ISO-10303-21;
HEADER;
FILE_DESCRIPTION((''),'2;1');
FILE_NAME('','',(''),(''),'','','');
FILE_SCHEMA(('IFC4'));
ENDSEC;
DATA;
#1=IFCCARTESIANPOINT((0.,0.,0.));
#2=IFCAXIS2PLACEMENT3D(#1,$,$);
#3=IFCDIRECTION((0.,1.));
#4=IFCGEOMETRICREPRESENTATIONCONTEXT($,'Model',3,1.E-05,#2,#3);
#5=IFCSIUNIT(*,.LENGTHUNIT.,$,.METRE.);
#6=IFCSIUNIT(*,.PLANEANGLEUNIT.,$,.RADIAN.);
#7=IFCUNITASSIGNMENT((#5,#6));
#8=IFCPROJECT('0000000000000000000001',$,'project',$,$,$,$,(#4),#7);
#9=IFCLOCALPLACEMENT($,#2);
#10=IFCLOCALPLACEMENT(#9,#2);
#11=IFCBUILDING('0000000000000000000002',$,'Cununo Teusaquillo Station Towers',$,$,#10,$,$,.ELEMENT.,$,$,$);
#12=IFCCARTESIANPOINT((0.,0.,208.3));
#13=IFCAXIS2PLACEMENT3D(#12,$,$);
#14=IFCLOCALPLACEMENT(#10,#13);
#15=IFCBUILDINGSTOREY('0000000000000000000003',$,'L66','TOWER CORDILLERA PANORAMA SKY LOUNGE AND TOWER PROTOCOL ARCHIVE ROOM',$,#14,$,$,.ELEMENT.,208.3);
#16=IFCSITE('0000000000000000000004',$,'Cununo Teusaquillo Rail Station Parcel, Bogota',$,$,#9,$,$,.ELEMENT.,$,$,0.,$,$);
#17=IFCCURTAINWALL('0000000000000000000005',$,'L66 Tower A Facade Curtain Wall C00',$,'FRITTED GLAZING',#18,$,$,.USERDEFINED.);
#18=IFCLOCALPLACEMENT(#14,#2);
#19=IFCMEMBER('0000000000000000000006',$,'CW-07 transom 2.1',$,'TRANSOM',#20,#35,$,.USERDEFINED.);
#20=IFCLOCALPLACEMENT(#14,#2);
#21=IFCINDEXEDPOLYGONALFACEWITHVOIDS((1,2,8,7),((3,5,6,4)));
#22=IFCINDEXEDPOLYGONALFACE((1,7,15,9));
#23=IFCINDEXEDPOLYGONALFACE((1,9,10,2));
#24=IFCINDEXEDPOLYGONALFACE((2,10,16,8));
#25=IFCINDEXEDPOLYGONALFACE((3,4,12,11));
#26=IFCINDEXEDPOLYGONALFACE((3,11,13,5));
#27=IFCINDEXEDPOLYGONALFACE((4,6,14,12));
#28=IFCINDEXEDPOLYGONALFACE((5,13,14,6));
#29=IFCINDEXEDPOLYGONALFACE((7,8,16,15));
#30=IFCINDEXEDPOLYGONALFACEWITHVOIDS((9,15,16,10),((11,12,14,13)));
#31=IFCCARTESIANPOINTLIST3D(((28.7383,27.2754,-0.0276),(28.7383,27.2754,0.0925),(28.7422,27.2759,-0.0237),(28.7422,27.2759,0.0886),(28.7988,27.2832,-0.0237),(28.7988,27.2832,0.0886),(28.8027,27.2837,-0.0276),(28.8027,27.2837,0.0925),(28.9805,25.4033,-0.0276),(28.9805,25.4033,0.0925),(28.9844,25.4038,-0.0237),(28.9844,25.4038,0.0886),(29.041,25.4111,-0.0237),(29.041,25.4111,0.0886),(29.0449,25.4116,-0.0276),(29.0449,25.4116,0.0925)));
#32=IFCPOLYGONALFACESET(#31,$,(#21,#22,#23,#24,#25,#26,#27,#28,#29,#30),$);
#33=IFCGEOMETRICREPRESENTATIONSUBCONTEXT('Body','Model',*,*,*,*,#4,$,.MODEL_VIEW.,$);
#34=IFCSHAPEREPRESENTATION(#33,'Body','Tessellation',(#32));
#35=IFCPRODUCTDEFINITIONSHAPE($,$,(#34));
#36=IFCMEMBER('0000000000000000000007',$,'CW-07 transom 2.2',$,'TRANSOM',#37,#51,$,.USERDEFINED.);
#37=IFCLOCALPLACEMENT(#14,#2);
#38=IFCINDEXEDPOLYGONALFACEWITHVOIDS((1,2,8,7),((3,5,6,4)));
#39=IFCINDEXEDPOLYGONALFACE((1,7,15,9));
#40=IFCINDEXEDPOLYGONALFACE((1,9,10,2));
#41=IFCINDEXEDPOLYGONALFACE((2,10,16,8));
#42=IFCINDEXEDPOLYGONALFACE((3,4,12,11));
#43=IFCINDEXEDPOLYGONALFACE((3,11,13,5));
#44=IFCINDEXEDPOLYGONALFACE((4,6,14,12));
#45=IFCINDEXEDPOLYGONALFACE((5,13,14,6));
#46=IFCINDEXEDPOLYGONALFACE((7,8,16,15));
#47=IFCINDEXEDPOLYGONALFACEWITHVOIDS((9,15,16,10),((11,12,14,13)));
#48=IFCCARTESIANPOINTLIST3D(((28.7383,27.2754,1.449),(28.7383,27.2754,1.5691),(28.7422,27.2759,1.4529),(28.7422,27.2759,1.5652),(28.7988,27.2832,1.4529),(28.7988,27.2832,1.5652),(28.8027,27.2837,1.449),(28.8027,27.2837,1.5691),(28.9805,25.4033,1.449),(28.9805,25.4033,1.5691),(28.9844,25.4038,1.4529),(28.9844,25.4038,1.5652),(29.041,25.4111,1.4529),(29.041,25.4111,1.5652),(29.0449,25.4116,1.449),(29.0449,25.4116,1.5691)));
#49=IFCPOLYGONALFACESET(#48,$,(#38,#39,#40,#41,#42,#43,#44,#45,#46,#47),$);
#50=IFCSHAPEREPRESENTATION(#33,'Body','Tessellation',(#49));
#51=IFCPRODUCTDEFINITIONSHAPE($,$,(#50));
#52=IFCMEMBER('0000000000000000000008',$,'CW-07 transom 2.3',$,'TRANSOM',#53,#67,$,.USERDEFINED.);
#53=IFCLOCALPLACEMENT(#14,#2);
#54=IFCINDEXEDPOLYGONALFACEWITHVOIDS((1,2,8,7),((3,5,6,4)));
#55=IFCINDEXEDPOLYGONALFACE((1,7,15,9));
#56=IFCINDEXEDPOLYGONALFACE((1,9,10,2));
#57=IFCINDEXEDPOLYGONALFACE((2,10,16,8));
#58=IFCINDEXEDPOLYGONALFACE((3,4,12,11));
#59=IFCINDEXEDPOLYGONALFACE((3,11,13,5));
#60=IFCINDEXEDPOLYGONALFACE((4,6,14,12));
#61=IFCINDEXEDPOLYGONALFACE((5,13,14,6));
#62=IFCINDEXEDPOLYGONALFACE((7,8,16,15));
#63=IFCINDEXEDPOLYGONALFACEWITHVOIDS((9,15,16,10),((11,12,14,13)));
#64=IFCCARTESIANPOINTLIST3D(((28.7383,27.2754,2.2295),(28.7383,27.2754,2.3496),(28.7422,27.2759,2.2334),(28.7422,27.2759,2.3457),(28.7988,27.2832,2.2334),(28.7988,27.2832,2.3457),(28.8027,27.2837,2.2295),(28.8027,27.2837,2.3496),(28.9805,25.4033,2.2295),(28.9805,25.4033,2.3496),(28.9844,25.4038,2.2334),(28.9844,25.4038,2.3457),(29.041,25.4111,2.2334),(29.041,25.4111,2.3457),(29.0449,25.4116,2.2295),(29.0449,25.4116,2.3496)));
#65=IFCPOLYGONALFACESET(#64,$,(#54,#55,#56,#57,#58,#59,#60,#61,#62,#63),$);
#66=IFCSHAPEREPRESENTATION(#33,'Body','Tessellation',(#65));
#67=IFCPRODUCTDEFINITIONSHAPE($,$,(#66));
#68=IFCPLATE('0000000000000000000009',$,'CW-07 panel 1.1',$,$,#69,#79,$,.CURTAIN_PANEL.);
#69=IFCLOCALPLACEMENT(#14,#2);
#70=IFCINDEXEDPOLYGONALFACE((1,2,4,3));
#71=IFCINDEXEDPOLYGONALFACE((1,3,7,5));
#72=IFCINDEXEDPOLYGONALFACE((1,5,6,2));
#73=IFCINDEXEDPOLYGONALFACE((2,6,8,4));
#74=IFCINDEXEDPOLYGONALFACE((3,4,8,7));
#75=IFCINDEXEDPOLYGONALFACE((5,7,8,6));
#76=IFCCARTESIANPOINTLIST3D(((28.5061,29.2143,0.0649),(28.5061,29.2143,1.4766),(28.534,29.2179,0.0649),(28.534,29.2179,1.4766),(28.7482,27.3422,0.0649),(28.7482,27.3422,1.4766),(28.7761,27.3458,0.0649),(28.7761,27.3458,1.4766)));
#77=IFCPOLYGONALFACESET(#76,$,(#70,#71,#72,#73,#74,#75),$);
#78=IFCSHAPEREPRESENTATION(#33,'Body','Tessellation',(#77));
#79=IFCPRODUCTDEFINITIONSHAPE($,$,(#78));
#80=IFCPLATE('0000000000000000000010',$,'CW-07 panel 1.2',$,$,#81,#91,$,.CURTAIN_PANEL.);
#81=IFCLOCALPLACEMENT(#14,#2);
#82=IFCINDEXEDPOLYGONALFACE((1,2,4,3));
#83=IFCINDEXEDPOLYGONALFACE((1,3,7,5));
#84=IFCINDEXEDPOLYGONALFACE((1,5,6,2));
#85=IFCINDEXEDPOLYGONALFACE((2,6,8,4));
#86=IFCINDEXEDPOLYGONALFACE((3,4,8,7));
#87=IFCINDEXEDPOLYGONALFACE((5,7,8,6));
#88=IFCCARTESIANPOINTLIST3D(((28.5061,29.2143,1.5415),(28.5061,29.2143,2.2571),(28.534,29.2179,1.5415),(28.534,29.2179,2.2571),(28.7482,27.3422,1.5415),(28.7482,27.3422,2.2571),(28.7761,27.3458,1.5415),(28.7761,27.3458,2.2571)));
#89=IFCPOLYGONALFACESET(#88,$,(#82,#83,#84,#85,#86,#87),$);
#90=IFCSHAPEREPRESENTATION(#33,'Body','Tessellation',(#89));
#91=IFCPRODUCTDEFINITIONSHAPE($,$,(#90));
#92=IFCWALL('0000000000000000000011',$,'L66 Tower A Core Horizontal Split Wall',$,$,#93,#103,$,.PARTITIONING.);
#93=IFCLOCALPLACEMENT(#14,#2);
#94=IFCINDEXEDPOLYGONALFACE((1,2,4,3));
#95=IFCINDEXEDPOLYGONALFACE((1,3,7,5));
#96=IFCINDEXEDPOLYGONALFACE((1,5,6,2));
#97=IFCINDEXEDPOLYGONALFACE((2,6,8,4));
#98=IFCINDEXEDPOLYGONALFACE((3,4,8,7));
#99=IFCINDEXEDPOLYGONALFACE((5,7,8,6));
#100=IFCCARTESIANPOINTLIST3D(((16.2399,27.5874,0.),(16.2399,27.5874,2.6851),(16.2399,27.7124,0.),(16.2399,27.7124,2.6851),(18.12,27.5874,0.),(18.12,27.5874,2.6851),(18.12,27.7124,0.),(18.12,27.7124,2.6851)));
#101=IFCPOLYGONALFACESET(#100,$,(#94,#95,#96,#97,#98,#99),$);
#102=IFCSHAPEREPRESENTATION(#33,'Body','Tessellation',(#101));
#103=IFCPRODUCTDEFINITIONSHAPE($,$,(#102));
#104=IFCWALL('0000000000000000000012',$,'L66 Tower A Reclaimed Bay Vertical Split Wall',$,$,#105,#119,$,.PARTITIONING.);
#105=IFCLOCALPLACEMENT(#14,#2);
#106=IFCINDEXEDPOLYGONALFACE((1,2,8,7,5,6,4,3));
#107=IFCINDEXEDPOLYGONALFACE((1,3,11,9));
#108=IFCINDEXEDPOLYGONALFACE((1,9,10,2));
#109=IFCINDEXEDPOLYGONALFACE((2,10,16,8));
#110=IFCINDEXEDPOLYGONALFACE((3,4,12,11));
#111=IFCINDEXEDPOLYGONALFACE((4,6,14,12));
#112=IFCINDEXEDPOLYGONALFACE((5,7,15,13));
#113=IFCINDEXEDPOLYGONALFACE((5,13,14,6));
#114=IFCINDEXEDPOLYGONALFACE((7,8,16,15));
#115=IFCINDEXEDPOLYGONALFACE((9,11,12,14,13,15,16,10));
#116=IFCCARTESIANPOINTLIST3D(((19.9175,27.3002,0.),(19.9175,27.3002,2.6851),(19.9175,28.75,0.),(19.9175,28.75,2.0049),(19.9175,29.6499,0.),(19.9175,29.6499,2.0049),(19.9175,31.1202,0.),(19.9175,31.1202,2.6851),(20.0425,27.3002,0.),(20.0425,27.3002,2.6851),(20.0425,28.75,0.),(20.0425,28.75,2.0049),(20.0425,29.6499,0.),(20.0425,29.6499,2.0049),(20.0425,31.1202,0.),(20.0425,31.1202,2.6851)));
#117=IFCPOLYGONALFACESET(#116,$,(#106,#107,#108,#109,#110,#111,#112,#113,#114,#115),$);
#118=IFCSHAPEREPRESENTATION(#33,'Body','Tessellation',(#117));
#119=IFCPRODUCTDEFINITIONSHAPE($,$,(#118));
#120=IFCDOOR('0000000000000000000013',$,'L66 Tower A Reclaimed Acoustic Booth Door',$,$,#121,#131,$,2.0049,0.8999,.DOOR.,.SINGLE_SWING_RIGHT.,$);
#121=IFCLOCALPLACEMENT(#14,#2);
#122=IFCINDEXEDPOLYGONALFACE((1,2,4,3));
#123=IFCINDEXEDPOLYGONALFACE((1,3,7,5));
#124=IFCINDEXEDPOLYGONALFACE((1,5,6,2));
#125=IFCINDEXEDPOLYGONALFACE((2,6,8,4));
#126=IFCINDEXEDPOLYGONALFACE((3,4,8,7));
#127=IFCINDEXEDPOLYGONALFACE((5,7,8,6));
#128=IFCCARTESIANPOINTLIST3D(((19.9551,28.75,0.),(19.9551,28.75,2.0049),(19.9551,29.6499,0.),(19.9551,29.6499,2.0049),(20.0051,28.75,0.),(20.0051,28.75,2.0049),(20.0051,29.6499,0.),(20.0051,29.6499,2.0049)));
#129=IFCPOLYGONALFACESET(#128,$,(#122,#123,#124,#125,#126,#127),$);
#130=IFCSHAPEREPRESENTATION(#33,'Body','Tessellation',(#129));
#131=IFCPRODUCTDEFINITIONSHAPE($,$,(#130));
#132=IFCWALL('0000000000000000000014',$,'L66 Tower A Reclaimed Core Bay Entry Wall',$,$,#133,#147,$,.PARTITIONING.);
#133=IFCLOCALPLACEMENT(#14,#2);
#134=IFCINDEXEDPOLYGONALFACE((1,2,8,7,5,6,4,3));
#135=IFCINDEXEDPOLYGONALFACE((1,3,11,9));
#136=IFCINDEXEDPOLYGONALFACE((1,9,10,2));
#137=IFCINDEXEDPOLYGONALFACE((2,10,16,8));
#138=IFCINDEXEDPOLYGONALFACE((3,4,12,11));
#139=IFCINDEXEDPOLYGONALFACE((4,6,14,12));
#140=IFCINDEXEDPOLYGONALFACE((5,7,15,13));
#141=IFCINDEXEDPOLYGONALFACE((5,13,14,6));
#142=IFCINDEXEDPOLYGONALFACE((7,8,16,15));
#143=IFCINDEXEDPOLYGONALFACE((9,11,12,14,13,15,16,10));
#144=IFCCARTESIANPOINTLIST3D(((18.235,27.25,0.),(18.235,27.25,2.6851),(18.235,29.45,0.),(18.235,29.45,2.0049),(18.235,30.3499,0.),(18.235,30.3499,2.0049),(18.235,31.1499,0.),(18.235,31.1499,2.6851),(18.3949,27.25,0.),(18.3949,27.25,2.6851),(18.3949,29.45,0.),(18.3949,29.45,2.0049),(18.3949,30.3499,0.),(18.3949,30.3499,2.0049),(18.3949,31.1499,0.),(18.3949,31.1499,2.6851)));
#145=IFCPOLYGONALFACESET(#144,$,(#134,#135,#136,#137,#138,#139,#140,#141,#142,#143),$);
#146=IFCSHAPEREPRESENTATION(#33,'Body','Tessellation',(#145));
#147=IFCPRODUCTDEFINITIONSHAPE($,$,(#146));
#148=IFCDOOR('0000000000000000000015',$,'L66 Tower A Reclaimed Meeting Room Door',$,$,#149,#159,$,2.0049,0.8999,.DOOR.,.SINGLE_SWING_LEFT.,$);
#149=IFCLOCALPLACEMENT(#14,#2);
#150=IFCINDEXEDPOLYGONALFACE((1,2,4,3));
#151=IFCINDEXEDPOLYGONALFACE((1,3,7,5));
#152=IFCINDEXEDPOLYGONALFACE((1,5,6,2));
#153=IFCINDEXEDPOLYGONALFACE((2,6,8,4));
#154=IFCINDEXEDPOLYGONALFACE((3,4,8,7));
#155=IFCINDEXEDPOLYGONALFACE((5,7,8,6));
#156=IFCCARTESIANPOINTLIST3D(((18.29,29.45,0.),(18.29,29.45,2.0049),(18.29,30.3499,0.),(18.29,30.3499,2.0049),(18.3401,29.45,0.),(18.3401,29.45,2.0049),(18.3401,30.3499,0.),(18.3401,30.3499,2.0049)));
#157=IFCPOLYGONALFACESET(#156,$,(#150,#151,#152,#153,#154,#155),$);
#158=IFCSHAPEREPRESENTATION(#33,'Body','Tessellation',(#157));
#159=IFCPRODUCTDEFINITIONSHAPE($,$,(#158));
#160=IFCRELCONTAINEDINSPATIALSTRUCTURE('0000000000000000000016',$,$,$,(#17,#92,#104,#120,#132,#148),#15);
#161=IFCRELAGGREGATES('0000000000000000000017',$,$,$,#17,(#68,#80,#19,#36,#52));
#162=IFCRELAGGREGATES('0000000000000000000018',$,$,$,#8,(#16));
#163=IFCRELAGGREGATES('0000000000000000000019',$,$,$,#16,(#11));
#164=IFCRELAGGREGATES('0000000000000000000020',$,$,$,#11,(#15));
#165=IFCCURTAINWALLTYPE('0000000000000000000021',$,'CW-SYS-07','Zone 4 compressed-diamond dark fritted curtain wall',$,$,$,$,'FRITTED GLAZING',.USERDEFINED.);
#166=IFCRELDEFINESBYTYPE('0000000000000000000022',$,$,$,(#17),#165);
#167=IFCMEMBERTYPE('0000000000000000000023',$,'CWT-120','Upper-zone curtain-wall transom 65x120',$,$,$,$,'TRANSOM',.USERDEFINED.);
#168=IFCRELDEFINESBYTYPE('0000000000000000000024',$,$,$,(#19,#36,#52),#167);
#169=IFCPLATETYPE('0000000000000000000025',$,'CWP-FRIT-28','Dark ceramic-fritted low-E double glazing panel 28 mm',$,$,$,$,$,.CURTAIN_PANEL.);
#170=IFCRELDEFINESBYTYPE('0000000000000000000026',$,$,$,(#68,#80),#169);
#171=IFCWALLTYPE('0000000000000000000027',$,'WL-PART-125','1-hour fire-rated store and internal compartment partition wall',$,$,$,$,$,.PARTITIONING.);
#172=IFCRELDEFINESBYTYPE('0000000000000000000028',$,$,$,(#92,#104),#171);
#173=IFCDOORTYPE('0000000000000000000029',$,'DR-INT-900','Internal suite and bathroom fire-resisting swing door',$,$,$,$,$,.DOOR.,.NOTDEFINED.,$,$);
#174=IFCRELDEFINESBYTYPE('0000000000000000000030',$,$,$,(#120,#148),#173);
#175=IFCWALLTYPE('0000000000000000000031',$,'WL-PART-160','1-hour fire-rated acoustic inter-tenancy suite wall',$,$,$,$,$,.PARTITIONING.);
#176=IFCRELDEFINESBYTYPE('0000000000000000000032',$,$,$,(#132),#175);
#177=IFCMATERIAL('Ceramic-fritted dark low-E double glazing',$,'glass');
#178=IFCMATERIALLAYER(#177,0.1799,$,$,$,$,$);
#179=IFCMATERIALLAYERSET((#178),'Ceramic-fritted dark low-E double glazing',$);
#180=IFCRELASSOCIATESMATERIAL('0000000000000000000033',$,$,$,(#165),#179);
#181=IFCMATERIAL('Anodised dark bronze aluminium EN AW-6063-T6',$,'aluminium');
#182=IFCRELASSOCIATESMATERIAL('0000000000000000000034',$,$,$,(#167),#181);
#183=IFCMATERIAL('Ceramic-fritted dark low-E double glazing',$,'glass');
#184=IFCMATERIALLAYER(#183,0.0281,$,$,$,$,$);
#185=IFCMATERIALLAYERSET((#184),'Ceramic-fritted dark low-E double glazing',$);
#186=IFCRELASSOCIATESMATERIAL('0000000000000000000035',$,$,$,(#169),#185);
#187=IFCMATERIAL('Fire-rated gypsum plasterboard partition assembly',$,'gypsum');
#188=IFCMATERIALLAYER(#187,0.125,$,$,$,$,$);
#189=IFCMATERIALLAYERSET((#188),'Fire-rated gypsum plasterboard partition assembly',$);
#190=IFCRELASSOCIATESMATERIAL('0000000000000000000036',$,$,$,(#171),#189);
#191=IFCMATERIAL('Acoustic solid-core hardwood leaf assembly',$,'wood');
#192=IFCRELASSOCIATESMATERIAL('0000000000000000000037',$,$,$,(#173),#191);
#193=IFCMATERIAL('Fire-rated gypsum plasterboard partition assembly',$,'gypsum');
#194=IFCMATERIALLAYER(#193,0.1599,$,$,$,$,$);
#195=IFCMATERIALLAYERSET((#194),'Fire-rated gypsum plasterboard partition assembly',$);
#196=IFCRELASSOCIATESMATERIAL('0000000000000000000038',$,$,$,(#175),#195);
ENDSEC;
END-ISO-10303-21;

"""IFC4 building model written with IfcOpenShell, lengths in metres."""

from ifc_helpers import new_model, si_unit, direction, frame, frame_2d, origin, origin_2d, place, context, subcontext, project, spatial, rectangle, hollow_rectangle, extrude, source, transform, mapped, material, layer, layer_set, material_profile, profile_set, type_object, element, fill, aggregate, save


model = new_model("IFC4")

# Units and contexts
model_context = context("Model", 3, precision=1e-05, world=origin(), true_north=direction((0.0, 1.0)))
body_context = subcontext(model_context, "Body", "Model", "MODEL_VIEW")
ifc_project = project(units=[si_unit("LENGTHUNIT", "METRE"), si_unit("PLANEANGLEUNIT", "RADIAN")], contexts=[model_context])

# Site, building, storey
site_placement = place(None, origin())
site = spatial("IfcSite", under=ifc_project, at=site_placement, Name="Cununo Teusaquillo Rail Station Parcel, Bogota", CompositionType="ELEMENT", RefElevation=0.0)
building_placement = place(site_placement, origin())
building = spatial("IfcBuilding", under=site, at=building_placement, Name="Cununo Teusaquillo Station Towers", CompositionType="ELEMENT")
storey_placement = place(building_placement, frame((0.0, 0.0, 208.3)))
storey = spatial("IfcBuildingStorey", under=building, at=storey_placement, Name="L66", Description="TOWER CORDILLERA PANORAMA SKY LOUNGE AND TOWER PROTOCOL ARCHIVE ROOM", CompositionType="ELEMENT", Elevation=208.3)

# Curtain wall, members, plates
ifc_material_1 = material(Name="Ceramic-fritted dark low-E double glazing", Category="glass")
ifc_layer_1 = layer(ifc_material_1, 0.1799)
ifc_layer_set_1 = layer_set([ifc_layer_1], Name="Ceramic-fritted dark low-E double glazing")
curtain_wall_type = type_object("IfcCurtainWallType", Name="CW-SYS-07", Description="Zone 4 compressed-diamond dark fritted curtain wall", ElementType="FRITTED GLAZING", PredefinedType="USERDEFINED", material=ifc_layer_set_1)
curtain_wall_placement = place(storey_placement, origin())
curtain_wall = element("IfcCurtainWall", 1, at=curtain_wall_placement, inside=storey, type_object=curtain_wall_type, Name="L66 Tower A Facade Curtain Wall C00", ObjectType="FRITTED GLAZING", PredefinedType="USERDEFINED")
ifc_material_2 = material(Name="Anodised dark bronze aluminium EN AW-6063-T6", Category="aluminium")
ifc_material_profile_1 = material_profile(ifc_material_2, hollow_rectangle(XDim=0.0649, YDim=0.1201, WallThickness=0.0039, at=origin_2d()), Name="CW-TRAN-65x120")
ifc_profile_set_1 = profile_set([ifc_material_profile_1], Name="Anodised dark bronze aluminium EN AW-6063-T6")
member_type_1 = type_object("IfcMemberType", Name="CWT-120", Description="Upper-zone curtain-wall transom 65x120", ElementType="TRANSOM", PredefinedType="USERDEFINED", material=ifc_profile_set_1)
member_1_placement = place(storey_placement, frame((28.7705, 27.2795, 0.0325), z_axis=(0.1283, -0.991735, 0.0), x_axis=(0.991735, 0.1283, 0.0)))
member_1 = element("IfcMember", 2, at=member_1_placement, type_object=member_type_1, Name="CW-07 transom 2.1", ObjectType="TRANSOM", PredefinedType="USERDEFINED", context=body_context, shape_type="SweptSolid", body=[
    extrude(hollow_rectangle(XDim=0.0649, YDim=0.1201, WallThickness=0.0039, at=origin_2d()), origin(), (0.0, 0.0, 1.0), 1.8877),
])
member_2_placement = place(storey_placement, frame((28.7705, 27.2795, 1.509), z_axis=(0.1283, -0.991735, 0.0), x_axis=(0.991735, 0.1283, 0.0)))
member_2 = element("IfcMember", 3, at=member_2_placement, type_object=member_type_1, Name="CW-07 transom 2.2", ObjectType="TRANSOM", PredefinedType="USERDEFINED", context=body_context, shape_type="SweptSolid", body=[
    extrude(hollow_rectangle(XDim=0.0649, YDim=0.1201, WallThickness=0.0039, at=origin_2d()), origin(), (0.0, 0.0, 1.0), 1.8877),
])
member_3_placement = place(storey_placement, frame((28.7705, 27.2795, 2.2896), z_axis=(0.1283, -0.991735, 0.0), x_axis=(0.991735, 0.1283, 0.0)))
member_3 = element("IfcMember", 4, at=member_3_placement, type_object=member_type_1, Name="CW-07 transom 2.3", ObjectType="TRANSOM", PredefinedType="USERDEFINED", context=body_context, shape_type="SweptSolid", body=[
    extrude(hollow_rectangle(XDim=0.0649, YDim=0.1201, WallThickness=0.0039, at=origin_2d()), origin(), (0.0, 0.0, 1.0), 1.8877),
])
ifc_material_3 = material(Name="Ceramic-fritted dark low-E double glazing", Category="glass")
ifc_layer_2 = layer(ifc_material_3, 0.0281)
ifc_layer_set_2 = layer_set([ifc_layer_2], Name="Ceramic-fritted dark low-E double glazing")
plate_type = type_object("IfcPlateType", Name="CWP-FRIT-28", Description="Dark ceramic-fritted low-E double glazing panel 28 mm", PredefinedType="CURTAIN_PANEL", material=ifc_layer_set_2)
shared_shape_1 = source(origin(), body_context, "Body", "SweptSolid", [
    extrude(rectangle(XDim=1.8877, YDim=0.0281, at=origin_2d()), origin(), (0.0, 0.0, 1.0), 1.4116),
])
plate_1_placement = place(storey_placement, frame((28.6411, 28.28, 0.0649), z_axis=(0.0, 0.0, 1.0), x_axis=(0.128253, -0.991742, 0.0)))
plate_1 = element("IfcPlate", 5, at=plate_1_placement, type_object=plate_type, Name="CW-07 panel 1.1", PredefinedType="CURTAIN_PANEL", context=body_context, shape_type="MappedRepresentation", body=[
    mapped(shared_shape_1, transform((0.0, 0.0, 0.0), x_axis=(1.0, 0.0, 0.0), y_axis=(0.0, 1.0, 0.0), z_axis=(0.0, 0.0, 1.0), scale=1.0)),
])
shared_shape_2 = source(origin(), body_context, "Body", "SweptSolid", [
    extrude(rectangle(XDim=1.8877, YDim=0.0281, at=origin_2d()), origin(), (0.0, 0.0, 1.0), 0.7156),
])
plate_2_placement = place(storey_placement, frame((28.6411, 28.28, 1.5415), z_axis=(0.0, 0.0, 1.0), x_axis=(0.128253, -0.991742, 0.0)))
plate_2 = element("IfcPlate", 6, at=plate_2_placement, type_object=plate_type, Name="CW-07 panel 1.2", PredefinedType="CURTAIN_PANEL", context=body_context, shape_type="MappedRepresentation", body=[
    mapped(shared_shape_2, transform((0.0, 0.0, 0.0), x_axis=(1.0, 0.0, 0.0), y_axis=(0.0, 1.0, 0.0), z_axis=(0.0, 0.0, 1.0), scale=1.0)),
])
aggregate(curtain_wall, [plate_1, plate_2, member_1, member_2, member_3])

# Wall
ifc_material_4 = material(Name="Fire-rated gypsum plasterboard partition assembly", Category="gypsum")
ifc_layer_3 = layer(ifc_material_4, 0.125)
ifc_layer_set_3 = layer_set([ifc_layer_3], Name="Fire-rated gypsum plasterboard partition assembly")
wall_type_1 = type_object("IfcWallType", Name="WL-PART-125", Description="1-hour fire-rated store and internal compartment partition wall", PredefinedType="PARTITIONING", material=ifc_layer_set_3)
wall_1_placement = place(storey_placement, frame((16.24, 27.6499, 0.0), z_axis=(0.0, 0.0, 1.0), x_axis=(1.0, 0.0, 0.0)))
element("IfcWall", 7, at=wall_1_placement, inside=storey, type_object=wall_type_1, Name="L66 Tower A Core Horizontal Split Wall", PredefinedType="PARTITIONING", context=body_context, shape_type="SweptSolid", body=[
    extrude(rectangle(XDim=1.8801, YDim=0.125, at=frame_2d((0.9399, 0.0))), origin(), (0.0, 0.0, 1.0), 2.6851),
])

# Walls, openings, doors
wall_2_placement = place(storey_placement, frame((19.98, 27.3, 0.0), z_axis=(0.0, 0.0, 1.0), x_axis=(0.0, 1.0, 0.0)))
wall_2 = element("IfcWall", 8, at=wall_2_placement, inside=storey, type_object=wall_type_1, Name="L66 Tower A Reclaimed Bay Vertical Split Wall", PredefinedType="PARTITIONING", context=body_context, shape_type="SweptSolid", body=[
    extrude(rectangle(XDim=3.8201, YDim=0.125, at=frame_2d((1.9102, 0.0))), origin(), (0.0, 0.0, 1.0), 2.6851),
])
shared_shape_3 = source(origin(), body_context, "Body", "SweptSolid", [
    extrude(rectangle(XDim=0.8999, YDim=2.0049, at=frame_2d((0.45, 1.0024))), frame((0.0, 0.0725, 0.0), z_axis=(0.0, -1.0, 0.0), x_axis=(1.0, 0.0, 0.0)), (0.0, 0.0, 1.0), 0.145),
])
opening_1_placement = place(wall_2_placement, frame((1.45, 0.0, 0.0)))
opening_1 = element("IfcOpeningElement", 9, at=opening_1_placement, cuts=wall_2, PredefinedType="OPENING", context=body_context, shape_type="MappedRepresentation", body=[
    mapped(shared_shape_3, transform((0.0, 0.0, 0.0), x_axis=(1.0, 0.0, 0.0), y_axis=(0.0, 1.0, 0.0), z_axis=(0.0, 0.0, 1.0), scale=1.0)),
])
ifc_material_5 = material(Name="Acoustic solid-core hardwood leaf assembly", Category="wood")
door_type_1 = type_object("IfcDoorType", Name="DR-INT-900", Description="Internal suite and bathroom fire-resisting swing door", OperationType="NOTDEFINED", PredefinedType="DOOR", material=ifc_material_5)
shared_shape_4 = source(origin(), body_context, "Body", "SweptSolid", [
    extrude(rectangle(XDim=0.8999, YDim=2.0049, at=frame_2d((0.45, 1.0024))), frame((0.0, 0.0249, 0.0), z_axis=(0.0, -1.0, 0.0), x_axis=(1.0, 0.0, 0.0)), (0.0, 0.0, 1.0), 0.05),
])
door_1_placement = place(opening_1_placement, origin())
door_1 = element("IfcDoor", 10, at=door_1_placement, inside=storey, type_object=door_type_1, Name="L66 Tower A Reclaimed Acoustic Booth Door", OperationType="SINGLE_SWING_RIGHT", OverallHeight=2.0049, OverallWidth=0.8999, PredefinedType="DOOR", context=body_context, shape_type="MappedRepresentation", body=[
    mapped(shared_shape_4, transform((0.0, 0.0, 0.0), x_axis=(1.0, 0.0, 0.0), y_axis=(0.0, 1.0, 0.0), z_axis=(0.0, 0.0, 1.0), scale=1.0)),
])
fill(opening_1, door_1)
ifc_material_6 = material(Name="Fire-rated gypsum plasterboard partition assembly", Category="gypsum")
ifc_layer_4 = layer(ifc_material_6, 0.1599)
ifc_layer_set_4 = layer_set([ifc_layer_4], Name="Fire-rated gypsum plasterboard partition assembly")
wall_type_2 = type_object("IfcWallType", Name="WL-PART-160", Description="1-hour fire-rated acoustic inter-tenancy suite wall", PredefinedType="PARTITIONING", material=ifc_layer_set_4)
wall_3_placement = place(storey_placement, frame((18.3149, 27.25, 0.0), z_axis=(0.0, 0.0, 1.0), x_axis=(0.0, 1.0, 0.0)))
wall_3 = element("IfcWall", 11, at=wall_3_placement, inside=storey, type_object=wall_type_2, Name="L66 Tower A Reclaimed Core Bay Entry Wall", PredefinedType="PARTITIONING", context=body_context, shape_type="SweptSolid", body=[
    extrude(rectangle(XDim=3.8999, YDim=0.1599, at=frame_2d((1.95, 0.0))), origin(), (0.0, 0.0, 1.0), 2.6851),
])
shared_shape_5 = source(origin(), body_context, "Body", "SweptSolid", [
    extrude(rectangle(XDim=0.8999, YDim=2.0049, at=frame_2d((0.45, 1.0024))), frame((0.0, 0.0898, 0.0), z_axis=(0.0, -1.0, 0.0), x_axis=(1.0, 0.0, 0.0)), (0.0, 0.0, 1.0), 0.1799),
])
opening_2_placement = place(wall_3_placement, frame((2.2, 0.0, 0.0)))
opening_2 = element("IfcOpeningElement", 12, at=opening_2_placement, cuts=wall_3, PredefinedType="OPENING", context=body_context, shape_type="MappedRepresentation", body=[
    mapped(shared_shape_5, transform((0.0, 0.0, 0.0), x_axis=(1.0, 0.0, 0.0), y_axis=(0.0, 1.0, 0.0), z_axis=(0.0, 0.0, 1.0), scale=1.0)),
])
door_2_placement = place(opening_2_placement, origin())
door_2 = element("IfcDoor", 13, at=door_2_placement, inside=storey, type_object=door_type_1, Name="L66 Tower A Reclaimed Meeting Room Door", OperationType="SINGLE_SWING_LEFT", OverallHeight=2.0049, OverallWidth=0.8999, PredefinedType="DOOR", context=body_context, shape_type="MappedRepresentation", body=[
    mapped(shared_shape_4, transform((0.0, 0.0, 0.0), x_axis=(1.0, 0.0, 0.0), y_axis=(0.0, 1.0, 0.0), z_axis=(0.0, 0.0, 1.0), scale=1.0)),
])
fill(opening_2, door_2)

save(model, "model.ifc")
